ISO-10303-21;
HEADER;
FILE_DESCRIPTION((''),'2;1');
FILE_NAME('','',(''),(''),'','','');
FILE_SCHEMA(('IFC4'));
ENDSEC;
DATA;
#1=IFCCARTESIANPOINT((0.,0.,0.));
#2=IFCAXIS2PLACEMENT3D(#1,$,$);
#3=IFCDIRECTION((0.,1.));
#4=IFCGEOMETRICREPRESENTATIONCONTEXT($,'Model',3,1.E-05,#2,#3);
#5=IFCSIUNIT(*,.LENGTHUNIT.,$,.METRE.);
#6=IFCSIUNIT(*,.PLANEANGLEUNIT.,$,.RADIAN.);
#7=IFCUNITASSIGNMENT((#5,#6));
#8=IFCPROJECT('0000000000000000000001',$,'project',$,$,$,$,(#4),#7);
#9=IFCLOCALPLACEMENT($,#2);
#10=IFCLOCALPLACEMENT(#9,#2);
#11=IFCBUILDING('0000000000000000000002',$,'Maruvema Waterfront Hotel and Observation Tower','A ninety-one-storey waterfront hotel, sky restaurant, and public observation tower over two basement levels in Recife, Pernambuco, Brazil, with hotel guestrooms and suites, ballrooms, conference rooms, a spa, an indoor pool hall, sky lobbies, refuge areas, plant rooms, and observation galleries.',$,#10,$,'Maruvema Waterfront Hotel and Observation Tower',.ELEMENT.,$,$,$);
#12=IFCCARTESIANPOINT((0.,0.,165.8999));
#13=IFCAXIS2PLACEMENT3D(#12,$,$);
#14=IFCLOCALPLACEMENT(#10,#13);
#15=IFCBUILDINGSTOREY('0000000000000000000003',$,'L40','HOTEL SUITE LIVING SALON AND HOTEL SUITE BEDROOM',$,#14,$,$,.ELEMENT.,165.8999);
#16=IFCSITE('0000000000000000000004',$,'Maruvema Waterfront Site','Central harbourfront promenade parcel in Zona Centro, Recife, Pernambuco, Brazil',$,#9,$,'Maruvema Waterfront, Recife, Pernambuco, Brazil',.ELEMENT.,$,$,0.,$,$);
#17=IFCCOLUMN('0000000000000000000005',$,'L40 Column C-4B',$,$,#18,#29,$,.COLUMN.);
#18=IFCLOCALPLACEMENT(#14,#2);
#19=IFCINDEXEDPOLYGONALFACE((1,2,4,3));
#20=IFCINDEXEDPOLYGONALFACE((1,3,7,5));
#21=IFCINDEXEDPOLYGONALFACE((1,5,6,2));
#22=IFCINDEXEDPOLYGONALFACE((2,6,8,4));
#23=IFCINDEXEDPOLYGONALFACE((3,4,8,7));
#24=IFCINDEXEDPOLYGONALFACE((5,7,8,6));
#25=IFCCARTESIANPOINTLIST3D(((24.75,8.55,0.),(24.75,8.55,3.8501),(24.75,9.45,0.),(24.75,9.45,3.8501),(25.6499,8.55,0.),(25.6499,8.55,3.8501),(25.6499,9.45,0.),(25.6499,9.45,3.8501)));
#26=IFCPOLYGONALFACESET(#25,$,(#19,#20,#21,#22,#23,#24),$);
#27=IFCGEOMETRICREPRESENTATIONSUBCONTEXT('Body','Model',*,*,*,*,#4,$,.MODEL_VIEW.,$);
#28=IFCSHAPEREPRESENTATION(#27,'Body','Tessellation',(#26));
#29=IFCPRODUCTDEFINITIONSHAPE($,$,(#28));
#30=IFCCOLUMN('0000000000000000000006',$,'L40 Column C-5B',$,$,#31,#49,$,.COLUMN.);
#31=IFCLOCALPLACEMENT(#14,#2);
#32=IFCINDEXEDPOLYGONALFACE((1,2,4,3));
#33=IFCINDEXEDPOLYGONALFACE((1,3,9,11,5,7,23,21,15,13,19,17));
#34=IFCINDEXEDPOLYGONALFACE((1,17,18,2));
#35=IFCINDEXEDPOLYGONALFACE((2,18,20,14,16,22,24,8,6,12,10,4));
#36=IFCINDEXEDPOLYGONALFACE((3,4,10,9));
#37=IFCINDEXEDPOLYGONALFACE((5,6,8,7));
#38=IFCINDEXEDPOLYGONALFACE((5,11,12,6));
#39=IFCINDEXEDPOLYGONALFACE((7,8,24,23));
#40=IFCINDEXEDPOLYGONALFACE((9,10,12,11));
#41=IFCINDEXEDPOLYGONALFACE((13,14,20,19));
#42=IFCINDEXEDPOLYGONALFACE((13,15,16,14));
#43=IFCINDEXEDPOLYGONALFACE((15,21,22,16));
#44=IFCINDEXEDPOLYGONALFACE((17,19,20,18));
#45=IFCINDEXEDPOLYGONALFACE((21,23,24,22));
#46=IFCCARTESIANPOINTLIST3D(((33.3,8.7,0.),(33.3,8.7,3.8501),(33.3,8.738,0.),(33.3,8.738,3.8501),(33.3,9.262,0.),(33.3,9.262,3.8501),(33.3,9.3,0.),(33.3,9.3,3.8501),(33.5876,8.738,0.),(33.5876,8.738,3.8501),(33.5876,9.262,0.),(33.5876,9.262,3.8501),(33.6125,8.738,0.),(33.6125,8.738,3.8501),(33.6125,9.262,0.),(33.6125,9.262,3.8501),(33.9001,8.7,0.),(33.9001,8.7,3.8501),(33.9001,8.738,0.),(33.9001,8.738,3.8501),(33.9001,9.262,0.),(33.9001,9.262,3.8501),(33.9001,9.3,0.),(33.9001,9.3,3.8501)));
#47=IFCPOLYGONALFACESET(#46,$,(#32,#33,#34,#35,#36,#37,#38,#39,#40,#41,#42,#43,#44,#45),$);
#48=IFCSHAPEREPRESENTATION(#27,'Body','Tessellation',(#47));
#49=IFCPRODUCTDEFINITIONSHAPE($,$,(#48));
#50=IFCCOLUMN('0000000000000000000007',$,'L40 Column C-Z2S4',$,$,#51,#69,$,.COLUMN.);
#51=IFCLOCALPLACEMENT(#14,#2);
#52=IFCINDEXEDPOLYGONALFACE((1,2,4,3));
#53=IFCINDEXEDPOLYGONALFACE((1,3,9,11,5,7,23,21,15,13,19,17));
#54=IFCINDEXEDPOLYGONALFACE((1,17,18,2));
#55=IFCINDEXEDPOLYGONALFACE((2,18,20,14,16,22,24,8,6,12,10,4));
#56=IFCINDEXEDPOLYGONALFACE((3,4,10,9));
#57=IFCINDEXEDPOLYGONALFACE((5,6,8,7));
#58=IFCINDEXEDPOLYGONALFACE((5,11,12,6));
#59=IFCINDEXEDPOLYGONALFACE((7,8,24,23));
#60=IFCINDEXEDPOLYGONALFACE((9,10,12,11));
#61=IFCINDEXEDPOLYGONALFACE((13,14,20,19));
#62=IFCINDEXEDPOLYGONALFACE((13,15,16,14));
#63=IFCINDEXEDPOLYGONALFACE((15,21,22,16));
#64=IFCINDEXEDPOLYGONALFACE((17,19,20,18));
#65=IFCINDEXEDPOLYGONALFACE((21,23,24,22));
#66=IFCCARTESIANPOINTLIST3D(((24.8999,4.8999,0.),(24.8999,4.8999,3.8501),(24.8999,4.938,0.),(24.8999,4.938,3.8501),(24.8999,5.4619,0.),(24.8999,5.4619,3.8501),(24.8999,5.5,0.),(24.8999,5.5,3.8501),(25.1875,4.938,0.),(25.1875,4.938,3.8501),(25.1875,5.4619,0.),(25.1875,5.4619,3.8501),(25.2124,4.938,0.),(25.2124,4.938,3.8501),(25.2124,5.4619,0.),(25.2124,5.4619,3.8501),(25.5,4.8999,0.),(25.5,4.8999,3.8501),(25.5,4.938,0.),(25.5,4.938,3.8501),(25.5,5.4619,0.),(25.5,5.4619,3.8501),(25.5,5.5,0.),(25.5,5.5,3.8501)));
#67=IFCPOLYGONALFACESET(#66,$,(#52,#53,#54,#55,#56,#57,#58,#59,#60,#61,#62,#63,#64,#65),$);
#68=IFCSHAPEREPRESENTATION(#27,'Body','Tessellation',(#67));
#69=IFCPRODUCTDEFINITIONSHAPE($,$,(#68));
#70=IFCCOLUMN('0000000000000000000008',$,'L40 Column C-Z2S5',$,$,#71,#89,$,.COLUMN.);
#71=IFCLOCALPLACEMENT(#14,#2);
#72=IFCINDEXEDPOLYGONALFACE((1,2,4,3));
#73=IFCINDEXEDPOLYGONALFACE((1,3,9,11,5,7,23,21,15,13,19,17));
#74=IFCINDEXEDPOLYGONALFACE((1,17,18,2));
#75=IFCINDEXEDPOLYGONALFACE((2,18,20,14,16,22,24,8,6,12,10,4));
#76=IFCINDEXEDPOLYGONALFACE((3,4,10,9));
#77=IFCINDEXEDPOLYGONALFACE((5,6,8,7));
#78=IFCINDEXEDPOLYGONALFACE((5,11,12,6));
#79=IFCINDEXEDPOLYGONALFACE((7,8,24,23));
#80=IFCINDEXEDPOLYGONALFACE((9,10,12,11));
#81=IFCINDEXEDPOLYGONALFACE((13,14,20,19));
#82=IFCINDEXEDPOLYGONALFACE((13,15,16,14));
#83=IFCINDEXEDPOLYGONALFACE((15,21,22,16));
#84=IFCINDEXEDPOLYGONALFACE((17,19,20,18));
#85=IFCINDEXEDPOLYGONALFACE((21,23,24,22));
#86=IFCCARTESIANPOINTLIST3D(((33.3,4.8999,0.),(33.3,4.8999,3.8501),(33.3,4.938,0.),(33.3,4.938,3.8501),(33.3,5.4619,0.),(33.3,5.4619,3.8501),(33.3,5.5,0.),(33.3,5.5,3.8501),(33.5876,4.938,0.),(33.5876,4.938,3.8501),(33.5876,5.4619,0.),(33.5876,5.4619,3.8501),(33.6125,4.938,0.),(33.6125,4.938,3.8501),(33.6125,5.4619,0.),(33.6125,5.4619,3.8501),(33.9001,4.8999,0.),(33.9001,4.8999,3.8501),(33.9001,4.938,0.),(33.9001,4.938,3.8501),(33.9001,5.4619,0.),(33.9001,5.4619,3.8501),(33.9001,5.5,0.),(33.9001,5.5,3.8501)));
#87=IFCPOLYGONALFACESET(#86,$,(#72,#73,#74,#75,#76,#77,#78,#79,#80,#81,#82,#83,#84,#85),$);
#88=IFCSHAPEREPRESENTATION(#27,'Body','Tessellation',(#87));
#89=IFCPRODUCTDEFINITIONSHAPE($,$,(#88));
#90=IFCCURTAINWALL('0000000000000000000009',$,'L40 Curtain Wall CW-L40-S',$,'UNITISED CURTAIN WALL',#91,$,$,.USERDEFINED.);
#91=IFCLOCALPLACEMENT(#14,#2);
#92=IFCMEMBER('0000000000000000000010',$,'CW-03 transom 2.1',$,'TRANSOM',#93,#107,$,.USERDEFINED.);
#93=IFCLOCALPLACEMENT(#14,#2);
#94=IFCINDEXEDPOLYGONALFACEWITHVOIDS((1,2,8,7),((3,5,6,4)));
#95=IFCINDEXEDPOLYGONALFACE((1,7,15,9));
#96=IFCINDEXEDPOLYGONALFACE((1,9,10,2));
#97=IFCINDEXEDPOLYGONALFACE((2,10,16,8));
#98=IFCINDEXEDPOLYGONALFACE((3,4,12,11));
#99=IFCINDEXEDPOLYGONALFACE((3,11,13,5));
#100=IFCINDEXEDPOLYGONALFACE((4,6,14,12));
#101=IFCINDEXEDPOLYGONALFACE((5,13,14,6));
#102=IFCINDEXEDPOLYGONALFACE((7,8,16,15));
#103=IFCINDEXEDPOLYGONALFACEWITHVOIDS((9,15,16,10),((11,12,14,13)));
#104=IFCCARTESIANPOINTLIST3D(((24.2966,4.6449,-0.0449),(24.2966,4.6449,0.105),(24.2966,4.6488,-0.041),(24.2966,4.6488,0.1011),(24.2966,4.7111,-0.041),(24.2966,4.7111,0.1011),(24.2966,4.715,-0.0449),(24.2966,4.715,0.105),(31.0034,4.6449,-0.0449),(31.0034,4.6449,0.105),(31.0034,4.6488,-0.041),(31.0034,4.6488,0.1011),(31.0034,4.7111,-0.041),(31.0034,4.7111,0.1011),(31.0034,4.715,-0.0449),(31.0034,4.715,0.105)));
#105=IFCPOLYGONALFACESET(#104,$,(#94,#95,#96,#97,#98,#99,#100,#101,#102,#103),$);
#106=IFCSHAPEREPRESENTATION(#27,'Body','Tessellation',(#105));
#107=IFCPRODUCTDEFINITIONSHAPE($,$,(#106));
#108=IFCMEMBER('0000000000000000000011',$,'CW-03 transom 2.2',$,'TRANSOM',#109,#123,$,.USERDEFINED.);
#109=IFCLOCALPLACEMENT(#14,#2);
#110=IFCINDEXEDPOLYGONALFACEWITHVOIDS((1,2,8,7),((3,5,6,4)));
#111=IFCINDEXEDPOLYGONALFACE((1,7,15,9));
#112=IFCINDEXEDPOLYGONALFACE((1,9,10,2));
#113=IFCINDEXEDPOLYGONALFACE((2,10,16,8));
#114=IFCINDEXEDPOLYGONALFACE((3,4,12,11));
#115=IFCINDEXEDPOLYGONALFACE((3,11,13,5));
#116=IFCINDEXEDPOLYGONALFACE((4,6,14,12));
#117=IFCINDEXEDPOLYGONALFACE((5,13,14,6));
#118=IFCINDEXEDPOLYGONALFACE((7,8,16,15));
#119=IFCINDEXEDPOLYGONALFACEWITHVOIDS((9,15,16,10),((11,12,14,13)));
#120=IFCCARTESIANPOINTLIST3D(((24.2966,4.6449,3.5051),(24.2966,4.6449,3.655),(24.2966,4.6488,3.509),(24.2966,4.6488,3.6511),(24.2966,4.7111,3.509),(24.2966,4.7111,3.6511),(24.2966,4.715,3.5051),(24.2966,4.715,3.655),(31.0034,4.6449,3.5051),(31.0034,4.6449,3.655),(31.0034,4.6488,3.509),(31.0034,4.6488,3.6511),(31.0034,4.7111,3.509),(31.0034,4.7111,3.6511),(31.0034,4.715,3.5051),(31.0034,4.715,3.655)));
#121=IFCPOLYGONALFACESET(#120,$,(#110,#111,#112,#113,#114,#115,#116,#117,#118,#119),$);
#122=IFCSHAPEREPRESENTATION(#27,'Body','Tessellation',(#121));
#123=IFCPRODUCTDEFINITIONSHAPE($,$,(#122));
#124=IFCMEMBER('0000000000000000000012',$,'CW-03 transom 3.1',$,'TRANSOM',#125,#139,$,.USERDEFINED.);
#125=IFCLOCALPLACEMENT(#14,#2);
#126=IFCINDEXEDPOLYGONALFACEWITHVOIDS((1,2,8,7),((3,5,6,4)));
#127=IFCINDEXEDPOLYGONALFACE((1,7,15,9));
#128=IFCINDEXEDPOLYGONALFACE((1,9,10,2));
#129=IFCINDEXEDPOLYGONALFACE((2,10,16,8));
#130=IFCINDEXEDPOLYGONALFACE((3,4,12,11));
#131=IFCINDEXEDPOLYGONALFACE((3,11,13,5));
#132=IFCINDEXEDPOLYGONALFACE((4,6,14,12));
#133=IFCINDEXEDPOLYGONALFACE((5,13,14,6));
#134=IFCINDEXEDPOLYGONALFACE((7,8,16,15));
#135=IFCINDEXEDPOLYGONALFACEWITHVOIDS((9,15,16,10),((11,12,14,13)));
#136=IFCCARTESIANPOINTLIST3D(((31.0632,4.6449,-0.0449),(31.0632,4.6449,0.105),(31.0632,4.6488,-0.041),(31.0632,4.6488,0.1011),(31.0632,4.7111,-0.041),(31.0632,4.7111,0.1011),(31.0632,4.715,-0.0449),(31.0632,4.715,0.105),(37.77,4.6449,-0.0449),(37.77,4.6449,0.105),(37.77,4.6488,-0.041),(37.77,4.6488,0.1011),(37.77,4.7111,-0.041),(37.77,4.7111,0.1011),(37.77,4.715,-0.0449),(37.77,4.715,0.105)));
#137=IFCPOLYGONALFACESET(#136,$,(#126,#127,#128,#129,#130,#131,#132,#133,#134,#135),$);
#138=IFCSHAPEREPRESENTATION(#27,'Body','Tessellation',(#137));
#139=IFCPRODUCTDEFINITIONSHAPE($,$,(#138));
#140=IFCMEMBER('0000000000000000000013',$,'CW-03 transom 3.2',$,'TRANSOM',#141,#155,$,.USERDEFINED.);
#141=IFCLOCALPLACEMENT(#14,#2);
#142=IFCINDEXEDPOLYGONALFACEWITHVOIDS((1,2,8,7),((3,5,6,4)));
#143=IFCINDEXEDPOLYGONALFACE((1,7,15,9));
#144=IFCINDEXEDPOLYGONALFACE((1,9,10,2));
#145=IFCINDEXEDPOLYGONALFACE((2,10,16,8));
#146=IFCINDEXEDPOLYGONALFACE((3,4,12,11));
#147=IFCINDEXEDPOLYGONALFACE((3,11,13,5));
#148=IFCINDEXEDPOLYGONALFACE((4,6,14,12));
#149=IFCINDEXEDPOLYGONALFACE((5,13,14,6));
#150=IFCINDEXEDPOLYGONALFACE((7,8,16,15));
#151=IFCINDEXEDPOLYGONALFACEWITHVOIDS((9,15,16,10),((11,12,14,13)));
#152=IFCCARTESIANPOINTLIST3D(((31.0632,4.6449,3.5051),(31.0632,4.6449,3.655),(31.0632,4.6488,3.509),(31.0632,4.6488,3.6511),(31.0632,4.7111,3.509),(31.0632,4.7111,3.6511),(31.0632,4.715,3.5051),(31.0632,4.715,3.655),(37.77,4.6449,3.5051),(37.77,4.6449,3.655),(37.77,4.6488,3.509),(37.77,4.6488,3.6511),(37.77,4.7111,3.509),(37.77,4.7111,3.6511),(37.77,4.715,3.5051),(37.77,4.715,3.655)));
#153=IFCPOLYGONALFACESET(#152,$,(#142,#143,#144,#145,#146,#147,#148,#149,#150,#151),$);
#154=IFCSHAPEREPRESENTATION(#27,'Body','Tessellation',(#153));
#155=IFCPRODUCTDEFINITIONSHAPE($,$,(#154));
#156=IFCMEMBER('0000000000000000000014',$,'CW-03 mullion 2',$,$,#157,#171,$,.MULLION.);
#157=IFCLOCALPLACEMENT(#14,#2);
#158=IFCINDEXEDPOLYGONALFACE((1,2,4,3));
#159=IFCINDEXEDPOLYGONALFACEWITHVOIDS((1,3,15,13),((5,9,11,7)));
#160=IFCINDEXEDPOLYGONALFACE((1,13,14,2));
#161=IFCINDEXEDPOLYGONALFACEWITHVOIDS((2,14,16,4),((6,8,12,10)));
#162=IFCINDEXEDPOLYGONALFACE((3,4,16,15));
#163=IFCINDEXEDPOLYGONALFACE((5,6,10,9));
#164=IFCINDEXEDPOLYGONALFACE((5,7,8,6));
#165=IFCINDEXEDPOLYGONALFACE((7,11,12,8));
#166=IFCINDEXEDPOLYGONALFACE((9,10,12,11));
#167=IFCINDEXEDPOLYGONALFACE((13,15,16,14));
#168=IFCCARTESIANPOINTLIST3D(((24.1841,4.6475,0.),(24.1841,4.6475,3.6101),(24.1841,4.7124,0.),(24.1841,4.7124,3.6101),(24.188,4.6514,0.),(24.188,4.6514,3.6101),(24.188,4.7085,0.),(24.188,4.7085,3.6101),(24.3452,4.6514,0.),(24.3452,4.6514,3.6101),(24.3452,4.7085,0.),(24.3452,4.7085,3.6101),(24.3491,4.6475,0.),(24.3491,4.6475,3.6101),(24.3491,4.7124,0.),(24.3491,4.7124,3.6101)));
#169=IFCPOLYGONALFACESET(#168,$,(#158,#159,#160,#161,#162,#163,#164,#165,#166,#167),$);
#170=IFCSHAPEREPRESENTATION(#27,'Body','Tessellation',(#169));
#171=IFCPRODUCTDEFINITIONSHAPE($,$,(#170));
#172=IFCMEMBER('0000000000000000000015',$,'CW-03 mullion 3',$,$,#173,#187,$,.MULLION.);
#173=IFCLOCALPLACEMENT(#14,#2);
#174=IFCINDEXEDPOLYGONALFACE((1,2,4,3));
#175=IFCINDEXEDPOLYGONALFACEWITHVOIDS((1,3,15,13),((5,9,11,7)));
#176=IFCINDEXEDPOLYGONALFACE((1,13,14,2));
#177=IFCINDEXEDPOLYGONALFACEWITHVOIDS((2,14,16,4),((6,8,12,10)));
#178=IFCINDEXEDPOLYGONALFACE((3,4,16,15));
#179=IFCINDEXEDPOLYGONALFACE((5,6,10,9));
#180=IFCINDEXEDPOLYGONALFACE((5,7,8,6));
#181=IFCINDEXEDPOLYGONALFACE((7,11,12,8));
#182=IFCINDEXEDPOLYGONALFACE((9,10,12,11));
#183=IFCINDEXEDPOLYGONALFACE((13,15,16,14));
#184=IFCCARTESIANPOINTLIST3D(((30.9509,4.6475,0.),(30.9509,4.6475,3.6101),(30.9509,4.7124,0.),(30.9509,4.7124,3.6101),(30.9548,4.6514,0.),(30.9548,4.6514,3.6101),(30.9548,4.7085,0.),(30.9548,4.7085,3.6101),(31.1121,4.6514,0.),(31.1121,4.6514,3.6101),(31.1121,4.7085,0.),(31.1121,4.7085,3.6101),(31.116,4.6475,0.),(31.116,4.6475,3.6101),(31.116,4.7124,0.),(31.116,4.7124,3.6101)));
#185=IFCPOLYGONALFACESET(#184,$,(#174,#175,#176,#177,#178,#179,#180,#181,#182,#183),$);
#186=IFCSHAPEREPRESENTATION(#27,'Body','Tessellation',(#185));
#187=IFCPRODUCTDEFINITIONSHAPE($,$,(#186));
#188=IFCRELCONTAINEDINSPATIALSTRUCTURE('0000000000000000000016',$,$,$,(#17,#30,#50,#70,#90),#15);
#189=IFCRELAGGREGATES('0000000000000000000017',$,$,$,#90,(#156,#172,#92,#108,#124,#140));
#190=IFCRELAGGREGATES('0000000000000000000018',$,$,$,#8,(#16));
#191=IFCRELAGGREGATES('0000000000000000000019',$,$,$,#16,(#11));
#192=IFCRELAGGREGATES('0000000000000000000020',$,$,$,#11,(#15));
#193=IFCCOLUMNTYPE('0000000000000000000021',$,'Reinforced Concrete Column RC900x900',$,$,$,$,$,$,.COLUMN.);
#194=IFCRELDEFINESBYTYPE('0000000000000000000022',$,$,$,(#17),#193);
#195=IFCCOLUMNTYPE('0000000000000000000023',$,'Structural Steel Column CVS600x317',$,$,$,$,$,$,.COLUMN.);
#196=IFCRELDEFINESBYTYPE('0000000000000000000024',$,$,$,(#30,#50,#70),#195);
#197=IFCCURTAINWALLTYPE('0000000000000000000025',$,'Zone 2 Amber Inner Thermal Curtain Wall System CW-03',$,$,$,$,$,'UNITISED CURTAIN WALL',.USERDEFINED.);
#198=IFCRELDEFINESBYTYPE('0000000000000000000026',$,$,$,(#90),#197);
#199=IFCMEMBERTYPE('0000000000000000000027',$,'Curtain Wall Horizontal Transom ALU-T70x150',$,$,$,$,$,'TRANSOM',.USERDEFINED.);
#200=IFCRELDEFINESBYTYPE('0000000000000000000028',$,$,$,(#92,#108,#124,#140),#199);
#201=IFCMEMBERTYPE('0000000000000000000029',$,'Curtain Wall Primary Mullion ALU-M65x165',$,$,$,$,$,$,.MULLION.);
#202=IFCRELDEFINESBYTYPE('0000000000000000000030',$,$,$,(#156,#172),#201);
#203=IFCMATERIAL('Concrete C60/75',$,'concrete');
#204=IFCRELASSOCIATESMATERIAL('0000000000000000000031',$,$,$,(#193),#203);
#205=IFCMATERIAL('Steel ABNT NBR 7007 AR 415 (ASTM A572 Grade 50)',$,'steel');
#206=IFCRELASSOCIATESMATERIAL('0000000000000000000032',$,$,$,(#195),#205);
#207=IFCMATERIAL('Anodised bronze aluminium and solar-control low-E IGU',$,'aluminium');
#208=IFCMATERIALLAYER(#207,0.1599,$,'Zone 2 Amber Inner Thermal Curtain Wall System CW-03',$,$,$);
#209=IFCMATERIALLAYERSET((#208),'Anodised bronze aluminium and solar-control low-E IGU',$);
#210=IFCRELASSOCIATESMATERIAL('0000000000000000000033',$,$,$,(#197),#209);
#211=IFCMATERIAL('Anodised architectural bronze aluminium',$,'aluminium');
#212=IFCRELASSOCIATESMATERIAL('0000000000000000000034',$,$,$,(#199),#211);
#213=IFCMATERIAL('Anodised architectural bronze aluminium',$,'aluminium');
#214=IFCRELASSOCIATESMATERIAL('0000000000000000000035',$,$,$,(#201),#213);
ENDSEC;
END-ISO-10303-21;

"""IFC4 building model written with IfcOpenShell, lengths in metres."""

from ifc_helpers import new_model, si_unit, direction, frame, origin, origin_2d, place, context, subcontext, project, spatial, rectangle, hollow_rectangle, i_section, extrude, material, layer, layer_set, material_profile, profile_set, type_object, element, aggregate, save


model = new_model("IFC4")

# Units and contexts
model_context = context("Model", 3, precision=1e-05, world=origin(), true_north=direction((0.0, 1.0)))
body_context = subcontext(model_context, "Body", "Model", "MODEL_VIEW")
ifc_project = project(units=[si_unit("LENGTHUNIT", "METRE"), si_unit("PLANEANGLEUNIT", "RADIAN")], contexts=[model_context])

# Site, building, storey
site_placement = place(None, origin())
site = spatial("IfcSite", under=ifc_project, at=site_placement, Name="Maruvema Waterfront Site", Description="Central harbourfront promenade parcel in Zona Centro, Recife, Pernambuco, Brazil", LongName="Maruvema Waterfront, Recife, Pernambuco, Brazil", CompositionType="ELEMENT", RefElevation=0.0)
building_placement = place(site_placement, origin())
building = spatial("IfcBuilding", under=site, at=building_placement, Name="Maruvema Waterfront Hotel and Observation Tower", Description="A ninety-one-storey waterfront hotel, sky restaurant, and public observation tower over two basement levels in Recife, Pernambuco, Brazil, with hotel guestrooms and suites, ballrooms, conference rooms, a spa, an indoor pool hall, sky lobbies, refuge areas, plant rooms, and observation galleries.", LongName="Maruvema Waterfront Hotel and Observation Tower", CompositionType="ELEMENT")
storey_placement = place(building_placement, frame((0.0, 0.0, 165.8999)))
storey = spatial("IfcBuildingStorey", under=building, at=storey_placement, Name="L40", Description="HOTEL SUITE LIVING SALON AND HOTEL SUITE BEDROOM", CompositionType="ELEMENT", Elevation=165.8999)

# Columns
ifc_material_1 = material(Name="Concrete C60/75", Category="concrete")
ifc_material_profile_1 = material_profile(ifc_material_1, rectangle(XDim=0.8999, YDim=0.8999, at=origin_2d()), Name="RC900x900")
ifc_profile_set_1 = profile_set([ifc_material_profile_1], Name="Concrete C60/75")
column_type_1 = type_object("IfcColumnType", Name="Reinforced Concrete Column RC900x900", PredefinedType="COLUMN", material=ifc_profile_set_1)
column_placement = place(storey_placement, frame((25.2, 9.0, 0.0), z_axis=(0.0, 0.0, 1.0), x_axis=(1.0, 0.0, 0.0)))
element("IfcColumn", 1, at=column_placement, inside=storey, type_object=column_type_1, Name="L40 Column C-4B", PredefinedType="COLUMN", context=body_context, shape_type="SweptSolid", body=[
    extrude(rectangle(XDim=0.8999, YDim=0.8999, at=origin_2d()), origin(), (0.0, 0.0, 1.0), 3.8501),
])
ifc_material_2 = material(Name="Steel ABNT NBR 7007 AR 415 (ASTM A572 Grade 50)", Category="steel")
ifc_material_profile_2 = material_profile(ifc_material_2, i_section(OverallWidth=0.6001, OverallDepth=0.6001, WebThickness=0.0249, FlangeThickness=0.0381, at=origin_2d()), Name="CVS600x317")
ifc_profile_set_2 = profile_set([ifc_material_profile_2], Name="Steel ABNT NBR 7007 AR 415 (ASTM A572 Grade 50)")
column_type_2 = type_object("IfcColumnType", Name="Structural Steel Column CVS600x317", PredefinedType="COLUMN", material=ifc_profile_set_2)
for number, where, z_axis, x_axis, name in (
    (2, (33.6001, 9.0, 0.0), (0.0, 0.0, 1.0), (1.0, 0.0, 0.0), "L40 Column C-5B"),
    (3, (25.2, 5.2, 0.0), (0.0, 0.0, 1.0), (1.0, 0.0, 0.0), "L40 Column C-Z2S4"),
    (4, (33.6001, 5.2, 0.0), (0.0, 0.0, 1.0), (1.0, 0.0, 0.0), "L40 Column C-Z2S5"),
):
    element("IfcColumn", number, at=place(storey_placement, frame(where, z_axis=z_axis, x_axis=x_axis)), inside=storey, type_object=column_type_2, Name=name, PredefinedType="COLUMN", context=body_context, shape_type="SweptSolid", body=[
        extrude(i_section(OverallWidth=0.6001, OverallDepth=0.6001, WebThickness=0.0249, FlangeThickness=0.0381, at=origin_2d()), origin(), (0.0, 0.0, 1.0), 3.8501),
    ])

# Curtain wall, members
ifc_material_3 = material(Name="Anodised bronze aluminium and solar-control low-E IGU", Category="aluminium")
ifc_layer_1 = layer(ifc_material_3, 0.1599, Name="Zone 2 Amber Inner Thermal Curtain Wall System CW-03")
ifc_layer_set_1 = layer_set([ifc_layer_1], Name="Anodised bronze aluminium and solar-control low-E IGU")
curtain_wall_type = type_object("IfcCurtainWallType", Name="Zone 2 Amber Inner Thermal Curtain Wall System CW-03", ElementType="UNITISED CURTAIN WALL", PredefinedType="USERDEFINED", material=ifc_layer_set_1)
curtain_wall_placement = place(storey_placement, origin())
curtain_wall = element("IfcCurtainWall", 5, at=curtain_wall_placement, inside=storey, type_object=curtain_wall_type, Name="L40 Curtain Wall CW-L40-S", ObjectType="UNITISED CURTAIN WALL", PredefinedType="USERDEFINED")
ifc_material_4 = material(Name="Anodised architectural bronze aluminium", Category="aluminium")
ifc_material_profile_3 = material_profile(ifc_material_4, hollow_rectangle(XDim=0.0701, YDim=0.1499, WallThickness=0.0039, at=origin_2d()), Name="ALU-T70x150")
ifc_profile_set_3 = profile_set([ifc_material_profile_3], Name="Anodised architectural bronze aluminium")
member_type_1 = type_object("IfcMemberType", Name="Curtain Wall Horizontal Transom ALU-T70x150", ElementType="TRANSOM", PredefinedType="USERDEFINED", material=ifc_profile_set_3)
member_1_placement = place(storey_placement, frame((24.2966, 4.6799, 0.03), z_axis=(1.0, 0.0, 0.0), x_axis=(0.0, 1.0, 0.0)))
member_1 = element("IfcMember", 6, at=member_1_placement, type_object=member_type_1, Name="CW-03 transom 2.1", ObjectType="TRANSOM", PredefinedType="USERDEFINED", context=body_context, shape_type="SweptSolid", body=[
    extrude(hollow_rectangle(XDim=0.0701, YDim=0.1499, WallThickness=0.0039, at=origin_2d()), origin(), (0.0, 0.0, 1.0), 6.7068),
])
member_2_placement = place(storey_placement, frame((24.2966, 4.6799, 3.5801), z_axis=(1.0, 0.0, 0.0), x_axis=(0.0, 1.0, 0.0)))
member_2 = element("IfcMember", 7, at=member_2_placement, type_object=member_type_1, Name="CW-03 transom 2.2", ObjectType="TRANSOM", PredefinedType="USERDEFINED", context=body_context, shape_type="SweptSolid", body=[
    extrude(hollow_rectangle(XDim=0.0701, YDim=0.1499, WallThickness=0.0039, at=origin_2d()), origin(), (0.0, 0.0, 1.0), 6.7068),
])
member_3_placement = place(storey_placement, frame((31.0632, 4.6799, 0.03), z_axis=(1.0, 0.0, 0.0), x_axis=(0.0, 1.0, 0.0)))
member_3 = element("IfcMember", 8, at=member_3_placement, type_object=member_type_1, Name="CW-03 transom 3.1", ObjectType="TRANSOM", PredefinedType="USERDEFINED", context=body_context, shape_type="SweptSolid", body=[
    extrude(hollow_rectangle(XDim=0.0701, YDim=0.1499, WallThickness=0.0039, at=origin_2d()), origin(), (0.0, 0.0, 1.0), 6.7068),
])
member_4_placement = place(storey_placement, frame((31.0632, 4.6799, 3.5801), z_axis=(1.0, 0.0, 0.0), x_axis=(0.0, 1.0, 0.0)))
member_4 = element("IfcMember", 9, at=member_4_placement, type_object=member_type_1, Name="CW-03 transom 3.2", ObjectType="TRANSOM", PredefinedType="USERDEFINED", context=body_context, shape_type="SweptSolid", body=[
    extrude(hollow_rectangle(XDim=0.0701, YDim=0.1499, WallThickness=0.0039, at=origin_2d()), origin(), (0.0, 0.0, 1.0), 6.7068),
])
ifc_material_5 = material(Name="Anodised architectural bronze aluminium", Category="aluminium")
ifc_material_profile_4 = material_profile(ifc_material_5, hollow_rectangle(XDim=0.0649, YDim=0.165, WallThickness=0.0039, at=origin_2d()), Name="ALU-M65x165")
ifc_profile_set_4 = profile_set([ifc_material_profile_4], Name="Anodised architectural bronze aluminium")
member_type_2 = type_object("IfcMemberType", Name="Curtain Wall Primary Mullion ALU-M65x165", PredefinedType="MULLION", material=ifc_profile_set_4)
member_5_placement = place(storey_placement, frame((24.2666, 4.6799, 0.0), z_axis=(0.0, 0.0, 1.0), x_axis=(0.0, 1.0, 0.0)))
member_5 = element("IfcMember", 10, at=member_5_placement, type_object=member_type_2, Name="CW-03 mullion 2", PredefinedType="MULLION", context=body_context, shape_type="SweptSolid", body=[
    extrude(hollow_rectangle(XDim=0.0649, YDim=0.165, WallThickness=0.0039, at=origin_2d()), origin(), (0.0, 0.0, 1.0), 3.6101),
])
member_6_placement = place(storey_placement, frame((31.0334, 4.6799, 0.0), z_axis=(0.0, 0.0, 1.0), x_axis=(0.0, 1.0, 0.0)))
member_6 = element("IfcMember", 11, at=member_6_placement, type_object=member_type_2, Name="CW-03 mullion 3", PredefinedType="MULLION", context=body_context, shape_type="SweptSolid", body=[
    extrude(hollow_rectangle(XDim=0.0649, YDim=0.165, WallThickness=0.0039, at=origin_2d()), origin(), (0.0, 0.0, 1.0), 3.6101),
])

aggregate(curtain_wall, [member_5, member_6, member_1, member_2, member_3, member_4])

save(model, "model.ifc")
